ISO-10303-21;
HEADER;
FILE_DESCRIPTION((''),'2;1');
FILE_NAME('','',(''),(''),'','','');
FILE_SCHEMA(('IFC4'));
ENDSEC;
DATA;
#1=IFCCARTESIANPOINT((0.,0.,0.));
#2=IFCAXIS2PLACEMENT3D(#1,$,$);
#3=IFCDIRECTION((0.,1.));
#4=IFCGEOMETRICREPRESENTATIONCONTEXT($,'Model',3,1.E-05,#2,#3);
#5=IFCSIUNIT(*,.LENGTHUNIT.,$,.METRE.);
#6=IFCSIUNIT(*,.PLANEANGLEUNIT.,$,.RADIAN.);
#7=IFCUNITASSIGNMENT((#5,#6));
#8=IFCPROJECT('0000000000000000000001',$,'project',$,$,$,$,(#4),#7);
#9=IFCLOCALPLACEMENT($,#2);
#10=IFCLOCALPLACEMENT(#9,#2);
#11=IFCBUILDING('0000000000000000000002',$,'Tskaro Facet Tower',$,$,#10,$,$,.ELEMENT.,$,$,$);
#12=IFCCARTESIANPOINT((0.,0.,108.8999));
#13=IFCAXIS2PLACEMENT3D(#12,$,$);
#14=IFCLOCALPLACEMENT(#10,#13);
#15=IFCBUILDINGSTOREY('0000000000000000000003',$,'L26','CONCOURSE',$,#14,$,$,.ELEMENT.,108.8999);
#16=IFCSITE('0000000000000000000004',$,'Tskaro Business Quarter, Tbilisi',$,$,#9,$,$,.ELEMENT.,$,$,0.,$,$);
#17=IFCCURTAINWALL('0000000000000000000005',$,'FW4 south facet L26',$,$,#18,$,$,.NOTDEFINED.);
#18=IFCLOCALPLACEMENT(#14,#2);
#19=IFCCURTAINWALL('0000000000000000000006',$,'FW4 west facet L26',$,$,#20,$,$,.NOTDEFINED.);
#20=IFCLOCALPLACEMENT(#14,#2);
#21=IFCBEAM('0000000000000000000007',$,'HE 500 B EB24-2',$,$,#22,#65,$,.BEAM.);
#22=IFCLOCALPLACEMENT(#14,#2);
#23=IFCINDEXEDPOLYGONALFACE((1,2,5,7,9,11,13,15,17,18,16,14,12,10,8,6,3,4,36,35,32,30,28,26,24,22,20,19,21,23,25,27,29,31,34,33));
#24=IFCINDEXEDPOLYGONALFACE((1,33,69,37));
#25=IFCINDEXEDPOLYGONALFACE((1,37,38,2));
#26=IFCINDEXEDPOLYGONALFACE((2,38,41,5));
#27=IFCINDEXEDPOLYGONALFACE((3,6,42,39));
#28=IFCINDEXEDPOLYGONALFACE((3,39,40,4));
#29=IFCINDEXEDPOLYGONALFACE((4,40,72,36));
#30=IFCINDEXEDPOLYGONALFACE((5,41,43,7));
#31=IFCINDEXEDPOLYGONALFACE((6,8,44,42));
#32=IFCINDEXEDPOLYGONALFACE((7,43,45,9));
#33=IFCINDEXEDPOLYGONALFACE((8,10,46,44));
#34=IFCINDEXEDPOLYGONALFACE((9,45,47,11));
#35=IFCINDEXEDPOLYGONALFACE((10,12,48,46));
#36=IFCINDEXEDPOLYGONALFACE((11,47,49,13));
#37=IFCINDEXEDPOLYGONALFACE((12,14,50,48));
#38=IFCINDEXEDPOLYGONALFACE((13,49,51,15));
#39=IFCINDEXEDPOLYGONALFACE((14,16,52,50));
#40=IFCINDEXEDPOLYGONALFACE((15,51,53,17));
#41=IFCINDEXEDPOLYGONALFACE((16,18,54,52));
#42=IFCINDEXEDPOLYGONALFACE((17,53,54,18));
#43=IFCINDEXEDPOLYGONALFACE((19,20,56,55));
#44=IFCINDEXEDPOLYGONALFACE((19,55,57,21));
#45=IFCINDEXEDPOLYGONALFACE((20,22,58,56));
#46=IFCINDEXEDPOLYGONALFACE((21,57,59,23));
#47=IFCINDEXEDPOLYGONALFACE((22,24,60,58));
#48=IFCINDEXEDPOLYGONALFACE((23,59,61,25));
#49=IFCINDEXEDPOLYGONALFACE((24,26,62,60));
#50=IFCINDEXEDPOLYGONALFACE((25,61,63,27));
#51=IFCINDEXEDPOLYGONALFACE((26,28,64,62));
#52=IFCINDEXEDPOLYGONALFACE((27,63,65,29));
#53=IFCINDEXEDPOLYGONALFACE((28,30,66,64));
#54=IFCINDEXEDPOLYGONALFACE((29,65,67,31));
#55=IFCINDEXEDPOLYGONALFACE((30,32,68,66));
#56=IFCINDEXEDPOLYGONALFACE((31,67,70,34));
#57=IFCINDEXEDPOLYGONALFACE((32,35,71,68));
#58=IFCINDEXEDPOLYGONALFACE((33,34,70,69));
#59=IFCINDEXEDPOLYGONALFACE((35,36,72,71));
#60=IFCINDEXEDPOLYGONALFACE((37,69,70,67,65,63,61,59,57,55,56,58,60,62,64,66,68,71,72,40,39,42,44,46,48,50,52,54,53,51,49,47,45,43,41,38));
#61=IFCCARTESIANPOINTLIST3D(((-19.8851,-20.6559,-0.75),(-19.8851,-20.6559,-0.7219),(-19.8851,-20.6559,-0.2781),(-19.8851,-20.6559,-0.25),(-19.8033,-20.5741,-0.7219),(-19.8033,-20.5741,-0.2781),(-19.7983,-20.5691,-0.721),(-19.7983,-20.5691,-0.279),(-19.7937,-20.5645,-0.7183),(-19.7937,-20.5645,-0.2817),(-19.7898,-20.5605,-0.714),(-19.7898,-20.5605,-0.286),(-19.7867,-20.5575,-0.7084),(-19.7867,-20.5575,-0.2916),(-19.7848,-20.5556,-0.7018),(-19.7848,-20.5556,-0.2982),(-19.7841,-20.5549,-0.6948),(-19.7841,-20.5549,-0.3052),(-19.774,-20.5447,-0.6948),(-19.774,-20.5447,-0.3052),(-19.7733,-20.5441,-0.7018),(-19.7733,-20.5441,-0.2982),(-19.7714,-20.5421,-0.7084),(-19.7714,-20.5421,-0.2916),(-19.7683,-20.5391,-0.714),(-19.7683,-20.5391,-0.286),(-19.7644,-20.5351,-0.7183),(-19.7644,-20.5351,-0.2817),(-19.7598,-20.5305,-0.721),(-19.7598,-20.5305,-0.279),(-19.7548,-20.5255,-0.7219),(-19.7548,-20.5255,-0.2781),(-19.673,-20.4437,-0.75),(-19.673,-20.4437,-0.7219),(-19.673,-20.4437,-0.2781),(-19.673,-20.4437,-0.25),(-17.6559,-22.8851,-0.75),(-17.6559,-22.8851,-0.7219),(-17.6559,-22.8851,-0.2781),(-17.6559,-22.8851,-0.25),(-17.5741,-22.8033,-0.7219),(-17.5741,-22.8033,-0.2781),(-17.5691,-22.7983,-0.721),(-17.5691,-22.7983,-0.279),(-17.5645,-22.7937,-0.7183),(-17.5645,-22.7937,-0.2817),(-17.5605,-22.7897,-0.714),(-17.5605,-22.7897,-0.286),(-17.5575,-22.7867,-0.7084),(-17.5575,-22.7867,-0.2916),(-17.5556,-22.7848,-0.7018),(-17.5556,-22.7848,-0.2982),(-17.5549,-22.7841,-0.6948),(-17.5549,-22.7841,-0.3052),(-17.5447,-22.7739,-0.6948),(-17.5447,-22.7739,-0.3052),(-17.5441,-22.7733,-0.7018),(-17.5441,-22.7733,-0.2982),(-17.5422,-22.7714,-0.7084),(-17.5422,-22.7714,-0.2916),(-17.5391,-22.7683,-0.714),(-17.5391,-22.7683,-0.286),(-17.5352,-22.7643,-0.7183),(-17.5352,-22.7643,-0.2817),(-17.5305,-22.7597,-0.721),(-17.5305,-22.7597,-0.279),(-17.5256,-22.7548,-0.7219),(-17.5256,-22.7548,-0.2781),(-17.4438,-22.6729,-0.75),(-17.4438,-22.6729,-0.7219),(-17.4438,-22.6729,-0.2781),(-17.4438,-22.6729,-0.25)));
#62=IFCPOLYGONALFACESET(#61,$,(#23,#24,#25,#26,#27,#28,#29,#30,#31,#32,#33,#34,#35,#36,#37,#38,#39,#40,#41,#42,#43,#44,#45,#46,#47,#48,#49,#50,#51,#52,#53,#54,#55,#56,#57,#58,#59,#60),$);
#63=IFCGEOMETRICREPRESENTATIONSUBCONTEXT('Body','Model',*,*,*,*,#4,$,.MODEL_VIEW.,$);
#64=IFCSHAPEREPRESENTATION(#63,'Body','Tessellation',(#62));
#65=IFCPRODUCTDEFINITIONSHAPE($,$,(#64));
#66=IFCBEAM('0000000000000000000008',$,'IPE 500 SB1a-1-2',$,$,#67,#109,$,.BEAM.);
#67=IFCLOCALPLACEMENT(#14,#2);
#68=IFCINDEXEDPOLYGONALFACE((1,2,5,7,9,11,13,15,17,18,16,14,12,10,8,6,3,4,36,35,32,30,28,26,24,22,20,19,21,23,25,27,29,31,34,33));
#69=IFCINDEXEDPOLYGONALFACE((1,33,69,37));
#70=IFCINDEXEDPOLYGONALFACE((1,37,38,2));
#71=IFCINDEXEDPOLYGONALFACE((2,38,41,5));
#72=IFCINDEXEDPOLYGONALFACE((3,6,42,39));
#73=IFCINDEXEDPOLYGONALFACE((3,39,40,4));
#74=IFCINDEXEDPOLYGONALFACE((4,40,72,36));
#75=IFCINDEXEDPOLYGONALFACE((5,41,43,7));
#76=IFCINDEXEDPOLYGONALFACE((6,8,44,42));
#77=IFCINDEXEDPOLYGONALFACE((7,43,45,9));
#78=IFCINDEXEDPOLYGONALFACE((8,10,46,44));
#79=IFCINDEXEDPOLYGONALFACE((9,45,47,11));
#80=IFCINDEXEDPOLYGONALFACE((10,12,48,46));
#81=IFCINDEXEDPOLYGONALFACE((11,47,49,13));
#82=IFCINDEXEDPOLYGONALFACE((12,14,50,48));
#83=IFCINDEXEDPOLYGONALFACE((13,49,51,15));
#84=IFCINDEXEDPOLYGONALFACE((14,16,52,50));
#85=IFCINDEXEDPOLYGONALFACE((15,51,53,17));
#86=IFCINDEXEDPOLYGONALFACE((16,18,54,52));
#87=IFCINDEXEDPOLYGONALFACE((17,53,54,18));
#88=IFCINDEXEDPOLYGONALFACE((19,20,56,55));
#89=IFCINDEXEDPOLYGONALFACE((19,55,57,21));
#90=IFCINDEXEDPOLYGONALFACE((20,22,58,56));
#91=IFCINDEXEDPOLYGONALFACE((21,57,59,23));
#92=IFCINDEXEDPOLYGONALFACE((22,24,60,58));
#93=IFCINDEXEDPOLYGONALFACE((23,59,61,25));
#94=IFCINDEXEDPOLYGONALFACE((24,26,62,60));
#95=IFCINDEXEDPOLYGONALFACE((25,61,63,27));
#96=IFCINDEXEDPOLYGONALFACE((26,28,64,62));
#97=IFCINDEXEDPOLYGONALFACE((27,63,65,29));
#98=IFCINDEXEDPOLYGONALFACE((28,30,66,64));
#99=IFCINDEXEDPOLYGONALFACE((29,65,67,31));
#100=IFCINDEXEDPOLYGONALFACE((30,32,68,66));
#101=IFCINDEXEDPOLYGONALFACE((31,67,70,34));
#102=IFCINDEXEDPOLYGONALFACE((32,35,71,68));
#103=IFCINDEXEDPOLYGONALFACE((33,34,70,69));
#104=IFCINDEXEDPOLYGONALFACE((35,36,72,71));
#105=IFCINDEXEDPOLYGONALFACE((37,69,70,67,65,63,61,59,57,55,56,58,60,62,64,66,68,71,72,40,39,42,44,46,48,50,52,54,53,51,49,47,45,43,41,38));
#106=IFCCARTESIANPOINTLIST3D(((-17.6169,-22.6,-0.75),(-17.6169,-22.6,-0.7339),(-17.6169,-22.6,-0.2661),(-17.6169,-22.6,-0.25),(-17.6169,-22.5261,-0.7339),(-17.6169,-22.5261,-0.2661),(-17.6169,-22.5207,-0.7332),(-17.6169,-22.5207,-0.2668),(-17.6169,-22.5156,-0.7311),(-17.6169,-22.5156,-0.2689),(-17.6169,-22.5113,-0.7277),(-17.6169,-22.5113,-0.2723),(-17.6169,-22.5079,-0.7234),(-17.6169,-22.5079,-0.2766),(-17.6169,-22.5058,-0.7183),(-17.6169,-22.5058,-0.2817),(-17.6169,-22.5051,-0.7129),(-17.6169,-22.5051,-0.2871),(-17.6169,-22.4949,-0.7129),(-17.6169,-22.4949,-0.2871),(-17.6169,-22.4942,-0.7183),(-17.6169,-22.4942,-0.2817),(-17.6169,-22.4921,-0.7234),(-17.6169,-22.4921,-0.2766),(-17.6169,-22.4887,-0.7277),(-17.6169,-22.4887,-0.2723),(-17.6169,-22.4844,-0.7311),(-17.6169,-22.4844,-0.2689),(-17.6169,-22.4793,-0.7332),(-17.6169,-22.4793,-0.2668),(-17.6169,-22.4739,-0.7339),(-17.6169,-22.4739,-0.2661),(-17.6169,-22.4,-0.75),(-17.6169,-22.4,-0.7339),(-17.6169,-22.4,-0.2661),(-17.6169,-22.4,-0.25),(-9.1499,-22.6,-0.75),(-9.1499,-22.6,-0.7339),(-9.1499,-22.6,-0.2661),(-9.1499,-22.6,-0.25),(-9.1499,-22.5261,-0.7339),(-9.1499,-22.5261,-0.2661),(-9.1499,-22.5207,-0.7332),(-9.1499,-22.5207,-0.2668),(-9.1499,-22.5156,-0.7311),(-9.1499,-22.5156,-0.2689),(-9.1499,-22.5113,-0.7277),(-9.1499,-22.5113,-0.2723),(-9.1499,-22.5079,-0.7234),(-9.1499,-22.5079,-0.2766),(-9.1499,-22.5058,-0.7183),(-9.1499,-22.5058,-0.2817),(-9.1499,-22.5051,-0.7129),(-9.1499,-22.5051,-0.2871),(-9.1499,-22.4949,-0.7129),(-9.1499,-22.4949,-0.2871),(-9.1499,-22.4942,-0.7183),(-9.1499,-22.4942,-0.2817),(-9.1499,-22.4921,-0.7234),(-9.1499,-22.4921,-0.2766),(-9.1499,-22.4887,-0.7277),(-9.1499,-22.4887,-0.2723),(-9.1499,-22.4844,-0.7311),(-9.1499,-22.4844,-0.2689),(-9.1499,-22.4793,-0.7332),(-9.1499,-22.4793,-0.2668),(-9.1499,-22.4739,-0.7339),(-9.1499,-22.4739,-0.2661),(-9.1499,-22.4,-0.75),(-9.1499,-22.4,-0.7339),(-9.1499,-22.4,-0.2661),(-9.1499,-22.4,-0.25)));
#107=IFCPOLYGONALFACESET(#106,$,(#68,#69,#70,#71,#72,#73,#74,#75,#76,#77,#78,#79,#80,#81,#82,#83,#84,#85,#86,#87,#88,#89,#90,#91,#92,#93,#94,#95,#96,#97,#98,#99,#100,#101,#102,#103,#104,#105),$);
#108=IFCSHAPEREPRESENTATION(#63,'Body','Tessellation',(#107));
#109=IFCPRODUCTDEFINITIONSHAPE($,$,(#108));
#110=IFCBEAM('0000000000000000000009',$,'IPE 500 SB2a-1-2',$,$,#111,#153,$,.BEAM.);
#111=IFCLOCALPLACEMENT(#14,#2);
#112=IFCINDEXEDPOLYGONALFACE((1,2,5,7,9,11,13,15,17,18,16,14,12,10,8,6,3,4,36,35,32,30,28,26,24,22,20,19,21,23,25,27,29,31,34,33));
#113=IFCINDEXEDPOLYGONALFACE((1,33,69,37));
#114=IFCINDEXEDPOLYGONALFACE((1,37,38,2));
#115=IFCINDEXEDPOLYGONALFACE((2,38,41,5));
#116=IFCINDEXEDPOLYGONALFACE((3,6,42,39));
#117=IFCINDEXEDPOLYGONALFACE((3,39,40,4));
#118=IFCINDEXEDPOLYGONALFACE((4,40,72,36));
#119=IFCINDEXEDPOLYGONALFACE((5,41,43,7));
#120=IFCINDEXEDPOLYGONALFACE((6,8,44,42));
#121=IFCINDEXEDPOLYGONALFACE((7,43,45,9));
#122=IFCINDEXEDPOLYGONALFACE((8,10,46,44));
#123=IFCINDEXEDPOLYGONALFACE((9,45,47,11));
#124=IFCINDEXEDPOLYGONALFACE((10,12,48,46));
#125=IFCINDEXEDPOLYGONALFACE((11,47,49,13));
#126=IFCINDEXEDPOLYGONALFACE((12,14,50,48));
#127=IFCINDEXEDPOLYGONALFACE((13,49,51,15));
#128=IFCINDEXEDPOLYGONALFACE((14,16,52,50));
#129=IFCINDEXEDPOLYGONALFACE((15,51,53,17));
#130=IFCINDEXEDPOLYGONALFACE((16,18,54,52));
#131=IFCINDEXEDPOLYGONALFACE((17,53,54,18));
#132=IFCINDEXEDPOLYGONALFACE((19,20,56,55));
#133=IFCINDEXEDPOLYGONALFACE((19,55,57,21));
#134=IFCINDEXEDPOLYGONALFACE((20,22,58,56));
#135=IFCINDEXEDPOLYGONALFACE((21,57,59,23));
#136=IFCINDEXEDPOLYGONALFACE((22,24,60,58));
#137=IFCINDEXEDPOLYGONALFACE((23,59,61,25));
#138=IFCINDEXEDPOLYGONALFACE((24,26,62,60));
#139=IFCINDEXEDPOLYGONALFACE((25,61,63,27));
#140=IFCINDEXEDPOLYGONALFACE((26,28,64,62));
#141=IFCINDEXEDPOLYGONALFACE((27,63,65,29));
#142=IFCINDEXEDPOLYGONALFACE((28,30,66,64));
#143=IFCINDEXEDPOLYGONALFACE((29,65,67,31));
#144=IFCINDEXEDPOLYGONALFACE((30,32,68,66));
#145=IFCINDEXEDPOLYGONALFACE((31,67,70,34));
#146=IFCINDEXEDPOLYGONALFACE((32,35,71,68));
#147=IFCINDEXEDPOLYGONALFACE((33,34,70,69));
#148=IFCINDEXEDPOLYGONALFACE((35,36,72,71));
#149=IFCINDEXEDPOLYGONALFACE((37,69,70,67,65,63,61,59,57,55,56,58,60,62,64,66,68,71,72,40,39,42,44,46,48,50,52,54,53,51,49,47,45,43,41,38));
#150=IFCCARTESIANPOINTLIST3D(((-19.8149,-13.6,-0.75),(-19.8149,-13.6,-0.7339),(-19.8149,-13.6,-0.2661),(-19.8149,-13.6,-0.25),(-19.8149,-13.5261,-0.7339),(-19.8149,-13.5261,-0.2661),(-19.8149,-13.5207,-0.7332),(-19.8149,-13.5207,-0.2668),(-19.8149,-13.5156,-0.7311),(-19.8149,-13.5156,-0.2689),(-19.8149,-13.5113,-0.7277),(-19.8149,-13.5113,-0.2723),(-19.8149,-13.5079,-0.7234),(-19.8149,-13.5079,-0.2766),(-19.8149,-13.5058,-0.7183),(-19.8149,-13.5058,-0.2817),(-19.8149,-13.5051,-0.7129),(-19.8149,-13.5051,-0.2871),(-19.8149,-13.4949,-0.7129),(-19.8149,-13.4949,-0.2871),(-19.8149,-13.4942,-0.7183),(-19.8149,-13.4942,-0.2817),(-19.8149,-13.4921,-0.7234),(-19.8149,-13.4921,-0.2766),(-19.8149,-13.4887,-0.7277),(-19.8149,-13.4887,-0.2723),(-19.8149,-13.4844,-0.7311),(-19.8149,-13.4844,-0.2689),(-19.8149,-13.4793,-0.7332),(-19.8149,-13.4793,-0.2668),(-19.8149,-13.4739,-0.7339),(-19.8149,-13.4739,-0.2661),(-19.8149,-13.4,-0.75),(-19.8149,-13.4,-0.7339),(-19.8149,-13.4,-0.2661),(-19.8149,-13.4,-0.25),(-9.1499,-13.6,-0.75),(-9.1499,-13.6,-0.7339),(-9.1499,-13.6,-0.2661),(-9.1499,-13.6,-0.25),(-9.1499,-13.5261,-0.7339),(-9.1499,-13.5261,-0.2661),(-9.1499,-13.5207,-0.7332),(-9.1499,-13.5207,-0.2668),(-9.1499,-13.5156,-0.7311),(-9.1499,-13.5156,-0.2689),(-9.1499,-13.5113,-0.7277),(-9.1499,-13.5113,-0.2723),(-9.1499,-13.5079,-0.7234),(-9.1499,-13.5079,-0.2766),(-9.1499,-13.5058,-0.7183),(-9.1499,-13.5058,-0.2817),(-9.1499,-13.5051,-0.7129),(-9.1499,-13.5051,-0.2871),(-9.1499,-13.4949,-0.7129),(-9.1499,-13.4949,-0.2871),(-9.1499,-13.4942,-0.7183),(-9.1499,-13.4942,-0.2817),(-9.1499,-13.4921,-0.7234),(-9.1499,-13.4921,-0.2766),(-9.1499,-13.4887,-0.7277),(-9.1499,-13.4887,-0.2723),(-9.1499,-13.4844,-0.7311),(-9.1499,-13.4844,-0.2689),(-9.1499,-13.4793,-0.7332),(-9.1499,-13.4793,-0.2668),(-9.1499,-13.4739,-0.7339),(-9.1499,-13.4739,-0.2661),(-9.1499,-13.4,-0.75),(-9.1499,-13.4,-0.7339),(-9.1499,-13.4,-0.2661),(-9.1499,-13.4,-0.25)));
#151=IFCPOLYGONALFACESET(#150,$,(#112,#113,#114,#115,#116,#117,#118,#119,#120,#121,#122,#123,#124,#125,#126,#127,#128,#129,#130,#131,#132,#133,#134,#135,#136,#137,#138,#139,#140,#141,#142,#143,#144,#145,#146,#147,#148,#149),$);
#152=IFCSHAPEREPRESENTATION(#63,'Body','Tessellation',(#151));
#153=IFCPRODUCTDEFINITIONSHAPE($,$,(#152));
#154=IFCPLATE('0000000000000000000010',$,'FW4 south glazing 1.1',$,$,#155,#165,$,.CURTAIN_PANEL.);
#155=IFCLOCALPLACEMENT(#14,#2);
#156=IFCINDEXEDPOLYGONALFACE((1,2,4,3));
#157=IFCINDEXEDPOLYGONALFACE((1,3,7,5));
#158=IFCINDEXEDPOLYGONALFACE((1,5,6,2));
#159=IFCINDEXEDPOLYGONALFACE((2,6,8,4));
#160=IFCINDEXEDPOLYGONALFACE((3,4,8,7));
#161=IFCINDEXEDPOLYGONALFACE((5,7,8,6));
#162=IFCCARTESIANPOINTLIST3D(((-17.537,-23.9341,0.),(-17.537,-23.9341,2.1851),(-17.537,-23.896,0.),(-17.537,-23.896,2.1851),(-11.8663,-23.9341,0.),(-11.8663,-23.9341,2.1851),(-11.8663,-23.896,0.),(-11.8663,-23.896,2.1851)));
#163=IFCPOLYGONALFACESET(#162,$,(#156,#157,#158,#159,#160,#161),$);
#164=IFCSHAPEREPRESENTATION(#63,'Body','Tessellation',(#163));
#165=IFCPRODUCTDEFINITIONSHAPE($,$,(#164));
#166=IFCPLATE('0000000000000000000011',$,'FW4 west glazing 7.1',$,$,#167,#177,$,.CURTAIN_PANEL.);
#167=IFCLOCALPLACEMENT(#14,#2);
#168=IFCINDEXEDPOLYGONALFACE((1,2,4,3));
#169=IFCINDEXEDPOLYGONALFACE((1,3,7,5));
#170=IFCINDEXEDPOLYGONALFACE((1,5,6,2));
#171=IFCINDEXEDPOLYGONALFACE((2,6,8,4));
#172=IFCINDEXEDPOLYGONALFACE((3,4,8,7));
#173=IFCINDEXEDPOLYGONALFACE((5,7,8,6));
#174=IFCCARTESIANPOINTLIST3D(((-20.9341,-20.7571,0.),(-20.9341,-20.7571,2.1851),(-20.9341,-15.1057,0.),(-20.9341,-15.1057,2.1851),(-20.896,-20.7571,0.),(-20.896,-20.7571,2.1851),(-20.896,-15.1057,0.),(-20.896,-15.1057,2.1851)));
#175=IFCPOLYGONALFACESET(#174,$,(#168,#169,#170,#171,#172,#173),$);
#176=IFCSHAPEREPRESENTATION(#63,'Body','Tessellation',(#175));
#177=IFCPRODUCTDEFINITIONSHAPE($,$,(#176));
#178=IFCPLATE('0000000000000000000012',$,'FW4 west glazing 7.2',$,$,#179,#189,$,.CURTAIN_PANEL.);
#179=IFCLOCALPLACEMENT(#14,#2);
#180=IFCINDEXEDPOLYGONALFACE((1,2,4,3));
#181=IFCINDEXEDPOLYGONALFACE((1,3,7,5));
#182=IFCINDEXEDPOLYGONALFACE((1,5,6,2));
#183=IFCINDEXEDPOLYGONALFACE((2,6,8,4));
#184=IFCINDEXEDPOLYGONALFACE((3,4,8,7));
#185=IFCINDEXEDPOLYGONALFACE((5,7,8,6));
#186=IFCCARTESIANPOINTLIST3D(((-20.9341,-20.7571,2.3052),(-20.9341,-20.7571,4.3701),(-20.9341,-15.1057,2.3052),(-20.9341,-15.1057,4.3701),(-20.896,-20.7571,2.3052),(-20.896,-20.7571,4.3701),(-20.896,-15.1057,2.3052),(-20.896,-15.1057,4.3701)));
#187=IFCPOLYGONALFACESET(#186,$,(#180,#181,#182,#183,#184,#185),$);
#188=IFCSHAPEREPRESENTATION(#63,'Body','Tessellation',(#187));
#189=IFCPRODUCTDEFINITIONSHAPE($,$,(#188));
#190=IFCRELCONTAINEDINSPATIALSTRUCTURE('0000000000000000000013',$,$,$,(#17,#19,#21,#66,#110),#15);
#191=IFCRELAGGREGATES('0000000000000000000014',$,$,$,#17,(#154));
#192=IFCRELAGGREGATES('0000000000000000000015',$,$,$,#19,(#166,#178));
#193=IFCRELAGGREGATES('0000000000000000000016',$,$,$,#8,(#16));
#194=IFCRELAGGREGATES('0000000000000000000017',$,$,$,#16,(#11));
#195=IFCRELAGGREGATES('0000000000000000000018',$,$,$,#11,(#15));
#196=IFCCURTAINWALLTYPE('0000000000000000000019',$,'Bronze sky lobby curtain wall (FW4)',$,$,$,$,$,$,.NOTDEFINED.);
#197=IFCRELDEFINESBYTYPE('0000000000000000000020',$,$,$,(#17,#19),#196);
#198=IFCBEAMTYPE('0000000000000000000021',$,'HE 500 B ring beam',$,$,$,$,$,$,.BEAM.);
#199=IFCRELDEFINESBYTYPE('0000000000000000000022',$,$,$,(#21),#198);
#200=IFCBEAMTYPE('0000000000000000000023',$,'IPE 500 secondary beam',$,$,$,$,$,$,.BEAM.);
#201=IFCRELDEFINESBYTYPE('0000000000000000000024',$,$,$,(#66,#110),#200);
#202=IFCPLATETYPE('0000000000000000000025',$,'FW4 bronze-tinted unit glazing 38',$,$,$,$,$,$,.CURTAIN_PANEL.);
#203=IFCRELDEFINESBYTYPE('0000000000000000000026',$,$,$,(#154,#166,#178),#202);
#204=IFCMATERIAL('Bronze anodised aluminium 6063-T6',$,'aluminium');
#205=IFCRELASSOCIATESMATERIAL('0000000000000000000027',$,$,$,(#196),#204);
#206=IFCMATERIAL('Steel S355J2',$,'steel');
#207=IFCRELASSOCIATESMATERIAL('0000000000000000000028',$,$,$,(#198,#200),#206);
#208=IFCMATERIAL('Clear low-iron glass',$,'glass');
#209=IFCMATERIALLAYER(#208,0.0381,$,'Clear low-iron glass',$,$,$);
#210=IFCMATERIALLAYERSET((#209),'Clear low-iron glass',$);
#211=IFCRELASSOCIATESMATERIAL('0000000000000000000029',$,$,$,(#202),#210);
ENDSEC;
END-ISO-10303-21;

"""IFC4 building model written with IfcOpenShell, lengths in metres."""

from ifc_helpers import new_model, si_unit, direction, frame, origin, origin_2d, place, context, subcontext, project, spatial, rectangle, i_section, extrude, material, layer, layer_set, material_profile, profile_set, type_object, element, aggregate, save


model = new_model("IFC4")

# Units and contexts
model_context = context("Model", 3, precision=1e-05, world=origin(), true_north=direction((0.0, 1.0)))
body_context = subcontext(model_context, "Body", "Model", "MODEL_VIEW")
ifc_project = project(units=[si_unit("LENGTHUNIT", "METRE"), si_unit("PLANEANGLEUNIT", "RADIAN")], contexts=[model_context])

# Site, building, storey
site_placement = place(None, origin())
site = spatial("IfcSite", under=ifc_project, at=site_placement, Name="Tskaro Business Quarter, Tbilisi", CompositionType="ELEMENT", RefElevation=0.0)
building_placement = place(site_placement, origin())
building = spatial("IfcBuilding", under=site, at=building_placement, Name="Tskaro Facet Tower", CompositionType="ELEMENT")
storey_placement = place(building_placement, frame((0.0, 0.0, 108.8999)))
storey = spatial("IfcBuildingStorey", under=building, at=storey_placement, Name="L26", Description="CONCOURSE", CompositionType="ELEMENT", Elevation=108.8999)

# Curtain walls
ifc_material_1 = material(Name="Bronze anodised aluminium 6063-T6", Category="aluminium")
curtain_wall_type = type_object("IfcCurtainWallType", Name="Bronze sky lobby curtain wall (FW4)", PredefinedType="NOTDEFINED", material=ifc_material_1)
curtain_wall_1_placement = place(storey_placement, origin())
curtain_wall_1 = element("IfcCurtainWall", 1, at=curtain_wall_1_placement, inside=storey, type_object=curtain_wall_type, Name="FW4 south facet L26", PredefinedType="NOTDEFINED")
curtain_wall_2_placement = place(storey_placement, origin())
curtain_wall_2 = element("IfcCurtainWall", 2, at=curtain_wall_2_placement, inside=storey, type_object=curtain_wall_type, Name="FW4 west facet L26", PredefinedType="NOTDEFINED")

# Beams
ifc_material_2 = material(Name="Steel S355J2", Category="steel")
ifc_material_profile_1 = material_profile(ifc_material_2, i_section(OverallWidth=0.3, OverallDepth=0.5, WebThickness=0.0144, FlangeThickness=0.0281, FilletRadius=0.0271, at=origin_2d()), Name="HE 500 B")
ifc_profile_set_1 = profile_set([ifc_material_profile_1], Name="Steel S355J2")
beam_type_1 = type_object("IfcBeamType", Name="HE 500 B ring beam", PredefinedType="BEAM", material=ifc_profile_set_1)
beam_1_placement = place(storey_placement, frame((-19.7791, -20.5498, -0.5), z_axis=(0.707107, -0.707107, 0.0), x_axis=(0.707107, 0.707107, 0.0)))
element("IfcBeam", 3, at=beam_1_placement, inside=storey, type_object=beam_type_1, Name="HE 500 B EB24-2", PredefinedType="BEAM", context=body_context, shape_type="SweptSolid", body=[
    extrude(i_section(OverallWidth=0.3, OverallDepth=0.5, WebThickness=0.0144, FlangeThickness=0.0281, FilletRadius=0.0271, at=origin_2d()), origin(), (0.0, 0.0, 1.0), 3.1526),
])
ifc_material_profile_2 = material_profile(ifc_material_2, i_section(OverallWidth=0.2, OverallDepth=0.5, WebThickness=0.0103, FlangeThickness=0.0161, FilletRadius=0.021, at=origin_2d()), Name="IPE 500")
ifc_profile_set_2 = profile_set([ifc_material_profile_2], Name="Steel S355J2")
beam_type_2 = type_object("IfcBeamType", Name="IPE 500 secondary beam", PredefinedType="BEAM", material=ifc_profile_set_2)
beam_2_placement = place(storey_placement, frame((-17.6169, -22.5, -0.5), z_axis=(1.0, 0.0, 0.0), x_axis=(0.0, 1.0, 0.0)))
element("IfcBeam", 4, at=beam_2_placement, inside=storey, type_object=beam_type_2, Name="IPE 500 SB1a-1-2", PredefinedType="BEAM", context=body_context, shape_type="SweptSolid", body=[
    extrude(i_section(OverallWidth=0.2, OverallDepth=0.5, WebThickness=0.0103, FlangeThickness=0.0161, FilletRadius=0.021, at=origin_2d()), origin(), (0.0, 0.0, 1.0), 8.467),
])
beam_3_placement = place(storey_placement, frame((-19.8149, -13.5, -0.5), z_axis=(1.0, 0.0, 0.0), x_axis=(0.0, 1.0, 0.0)))
element("IfcBeam", 5, at=beam_3_placement, inside=storey, type_object=beam_type_2, Name="IPE 500 SB2a-1-2", PredefinedType="BEAM", context=body_context, shape_type="SweptSolid", body=[
    extrude(i_section(OverallWidth=0.2, OverallDepth=0.5, WebThickness=0.0103, FlangeThickness=0.0161, FilletRadius=0.021, at=origin_2d()), origin(), (0.0, 0.0, 1.0), 10.665),
])

# Plates
ifc_material_3 = material(Name="Clear low-iron glass", Category="glass")
ifc_layer_1 = layer(ifc_material_3, 0.0381, Name="Clear low-iron glass")
ifc_layer_set_1 = layer_set([ifc_layer_1], Name="Clear low-iron glass")
plate_type = type_object("IfcPlateType", Name="FW4 bronze-tinted unit glazing 38", PredefinedType="CURTAIN_PANEL", material=ifc_layer_set_1)
plate_1_placement = place(storey_placement, frame((-14.7017, -23.915, 0.0), z_axis=(0.0, 0.0, 1.0), x_axis=(1.0, 0.0, 0.0)))
plate_1 = element("IfcPlate", 6, at=plate_1_placement, type_object=plate_type, Name="FW4 south glazing 1.1", PredefinedType="CURTAIN_PANEL", context=body_context, shape_type="SweptSolid", body=[
    extrude(rectangle(XDim=5.6707, YDim=0.0381, at=origin_2d()), origin(), (0.0, 0.0, 1.0), 2.1851),
])
aggregate(curtain_wall_1, [plate_1])
plate_2_placement = place(storey_placement, frame((-20.915, -17.9314, 0.0), z_axis=(0.0, 0.0, 1.0), x_axis=(0.0, -1.0, 0.0)))
plate_2 = element("IfcPlate", 7, at=plate_2_placement, type_object=plate_type, Name="FW4 west glazing 7.1", PredefinedType="CURTAIN_PANEL", context=body_context, shape_type="SweptSolid", body=[
    extrude(rectangle(XDim=5.6514, YDim=0.0381, at=origin_2d()), origin(), (0.0, 0.0, 1.0), 2.1851),
])
plate_3_placement = place(storey_placement, frame((-20.915, -17.9314, 2.3052), z_axis=(0.0, 0.0, 1.0), x_axis=(0.0, -1.0, 0.0)))
plate_3 = element("IfcPlate", 8, at=plate_3_placement, type_object=plate_type, Name="FW4 west glazing 7.2", PredefinedType="CURTAIN_PANEL", context=body_context, shape_type="SweptSolid", body=[
    extrude(rectangle(XDim=5.6514, YDim=0.0381, at=origin_2d()), origin(), (0.0, 0.0, 1.0), 2.0649),
])
aggregate(curtain_wall_2, [plate_2, plate_3])

save(model, "model.ifc")
